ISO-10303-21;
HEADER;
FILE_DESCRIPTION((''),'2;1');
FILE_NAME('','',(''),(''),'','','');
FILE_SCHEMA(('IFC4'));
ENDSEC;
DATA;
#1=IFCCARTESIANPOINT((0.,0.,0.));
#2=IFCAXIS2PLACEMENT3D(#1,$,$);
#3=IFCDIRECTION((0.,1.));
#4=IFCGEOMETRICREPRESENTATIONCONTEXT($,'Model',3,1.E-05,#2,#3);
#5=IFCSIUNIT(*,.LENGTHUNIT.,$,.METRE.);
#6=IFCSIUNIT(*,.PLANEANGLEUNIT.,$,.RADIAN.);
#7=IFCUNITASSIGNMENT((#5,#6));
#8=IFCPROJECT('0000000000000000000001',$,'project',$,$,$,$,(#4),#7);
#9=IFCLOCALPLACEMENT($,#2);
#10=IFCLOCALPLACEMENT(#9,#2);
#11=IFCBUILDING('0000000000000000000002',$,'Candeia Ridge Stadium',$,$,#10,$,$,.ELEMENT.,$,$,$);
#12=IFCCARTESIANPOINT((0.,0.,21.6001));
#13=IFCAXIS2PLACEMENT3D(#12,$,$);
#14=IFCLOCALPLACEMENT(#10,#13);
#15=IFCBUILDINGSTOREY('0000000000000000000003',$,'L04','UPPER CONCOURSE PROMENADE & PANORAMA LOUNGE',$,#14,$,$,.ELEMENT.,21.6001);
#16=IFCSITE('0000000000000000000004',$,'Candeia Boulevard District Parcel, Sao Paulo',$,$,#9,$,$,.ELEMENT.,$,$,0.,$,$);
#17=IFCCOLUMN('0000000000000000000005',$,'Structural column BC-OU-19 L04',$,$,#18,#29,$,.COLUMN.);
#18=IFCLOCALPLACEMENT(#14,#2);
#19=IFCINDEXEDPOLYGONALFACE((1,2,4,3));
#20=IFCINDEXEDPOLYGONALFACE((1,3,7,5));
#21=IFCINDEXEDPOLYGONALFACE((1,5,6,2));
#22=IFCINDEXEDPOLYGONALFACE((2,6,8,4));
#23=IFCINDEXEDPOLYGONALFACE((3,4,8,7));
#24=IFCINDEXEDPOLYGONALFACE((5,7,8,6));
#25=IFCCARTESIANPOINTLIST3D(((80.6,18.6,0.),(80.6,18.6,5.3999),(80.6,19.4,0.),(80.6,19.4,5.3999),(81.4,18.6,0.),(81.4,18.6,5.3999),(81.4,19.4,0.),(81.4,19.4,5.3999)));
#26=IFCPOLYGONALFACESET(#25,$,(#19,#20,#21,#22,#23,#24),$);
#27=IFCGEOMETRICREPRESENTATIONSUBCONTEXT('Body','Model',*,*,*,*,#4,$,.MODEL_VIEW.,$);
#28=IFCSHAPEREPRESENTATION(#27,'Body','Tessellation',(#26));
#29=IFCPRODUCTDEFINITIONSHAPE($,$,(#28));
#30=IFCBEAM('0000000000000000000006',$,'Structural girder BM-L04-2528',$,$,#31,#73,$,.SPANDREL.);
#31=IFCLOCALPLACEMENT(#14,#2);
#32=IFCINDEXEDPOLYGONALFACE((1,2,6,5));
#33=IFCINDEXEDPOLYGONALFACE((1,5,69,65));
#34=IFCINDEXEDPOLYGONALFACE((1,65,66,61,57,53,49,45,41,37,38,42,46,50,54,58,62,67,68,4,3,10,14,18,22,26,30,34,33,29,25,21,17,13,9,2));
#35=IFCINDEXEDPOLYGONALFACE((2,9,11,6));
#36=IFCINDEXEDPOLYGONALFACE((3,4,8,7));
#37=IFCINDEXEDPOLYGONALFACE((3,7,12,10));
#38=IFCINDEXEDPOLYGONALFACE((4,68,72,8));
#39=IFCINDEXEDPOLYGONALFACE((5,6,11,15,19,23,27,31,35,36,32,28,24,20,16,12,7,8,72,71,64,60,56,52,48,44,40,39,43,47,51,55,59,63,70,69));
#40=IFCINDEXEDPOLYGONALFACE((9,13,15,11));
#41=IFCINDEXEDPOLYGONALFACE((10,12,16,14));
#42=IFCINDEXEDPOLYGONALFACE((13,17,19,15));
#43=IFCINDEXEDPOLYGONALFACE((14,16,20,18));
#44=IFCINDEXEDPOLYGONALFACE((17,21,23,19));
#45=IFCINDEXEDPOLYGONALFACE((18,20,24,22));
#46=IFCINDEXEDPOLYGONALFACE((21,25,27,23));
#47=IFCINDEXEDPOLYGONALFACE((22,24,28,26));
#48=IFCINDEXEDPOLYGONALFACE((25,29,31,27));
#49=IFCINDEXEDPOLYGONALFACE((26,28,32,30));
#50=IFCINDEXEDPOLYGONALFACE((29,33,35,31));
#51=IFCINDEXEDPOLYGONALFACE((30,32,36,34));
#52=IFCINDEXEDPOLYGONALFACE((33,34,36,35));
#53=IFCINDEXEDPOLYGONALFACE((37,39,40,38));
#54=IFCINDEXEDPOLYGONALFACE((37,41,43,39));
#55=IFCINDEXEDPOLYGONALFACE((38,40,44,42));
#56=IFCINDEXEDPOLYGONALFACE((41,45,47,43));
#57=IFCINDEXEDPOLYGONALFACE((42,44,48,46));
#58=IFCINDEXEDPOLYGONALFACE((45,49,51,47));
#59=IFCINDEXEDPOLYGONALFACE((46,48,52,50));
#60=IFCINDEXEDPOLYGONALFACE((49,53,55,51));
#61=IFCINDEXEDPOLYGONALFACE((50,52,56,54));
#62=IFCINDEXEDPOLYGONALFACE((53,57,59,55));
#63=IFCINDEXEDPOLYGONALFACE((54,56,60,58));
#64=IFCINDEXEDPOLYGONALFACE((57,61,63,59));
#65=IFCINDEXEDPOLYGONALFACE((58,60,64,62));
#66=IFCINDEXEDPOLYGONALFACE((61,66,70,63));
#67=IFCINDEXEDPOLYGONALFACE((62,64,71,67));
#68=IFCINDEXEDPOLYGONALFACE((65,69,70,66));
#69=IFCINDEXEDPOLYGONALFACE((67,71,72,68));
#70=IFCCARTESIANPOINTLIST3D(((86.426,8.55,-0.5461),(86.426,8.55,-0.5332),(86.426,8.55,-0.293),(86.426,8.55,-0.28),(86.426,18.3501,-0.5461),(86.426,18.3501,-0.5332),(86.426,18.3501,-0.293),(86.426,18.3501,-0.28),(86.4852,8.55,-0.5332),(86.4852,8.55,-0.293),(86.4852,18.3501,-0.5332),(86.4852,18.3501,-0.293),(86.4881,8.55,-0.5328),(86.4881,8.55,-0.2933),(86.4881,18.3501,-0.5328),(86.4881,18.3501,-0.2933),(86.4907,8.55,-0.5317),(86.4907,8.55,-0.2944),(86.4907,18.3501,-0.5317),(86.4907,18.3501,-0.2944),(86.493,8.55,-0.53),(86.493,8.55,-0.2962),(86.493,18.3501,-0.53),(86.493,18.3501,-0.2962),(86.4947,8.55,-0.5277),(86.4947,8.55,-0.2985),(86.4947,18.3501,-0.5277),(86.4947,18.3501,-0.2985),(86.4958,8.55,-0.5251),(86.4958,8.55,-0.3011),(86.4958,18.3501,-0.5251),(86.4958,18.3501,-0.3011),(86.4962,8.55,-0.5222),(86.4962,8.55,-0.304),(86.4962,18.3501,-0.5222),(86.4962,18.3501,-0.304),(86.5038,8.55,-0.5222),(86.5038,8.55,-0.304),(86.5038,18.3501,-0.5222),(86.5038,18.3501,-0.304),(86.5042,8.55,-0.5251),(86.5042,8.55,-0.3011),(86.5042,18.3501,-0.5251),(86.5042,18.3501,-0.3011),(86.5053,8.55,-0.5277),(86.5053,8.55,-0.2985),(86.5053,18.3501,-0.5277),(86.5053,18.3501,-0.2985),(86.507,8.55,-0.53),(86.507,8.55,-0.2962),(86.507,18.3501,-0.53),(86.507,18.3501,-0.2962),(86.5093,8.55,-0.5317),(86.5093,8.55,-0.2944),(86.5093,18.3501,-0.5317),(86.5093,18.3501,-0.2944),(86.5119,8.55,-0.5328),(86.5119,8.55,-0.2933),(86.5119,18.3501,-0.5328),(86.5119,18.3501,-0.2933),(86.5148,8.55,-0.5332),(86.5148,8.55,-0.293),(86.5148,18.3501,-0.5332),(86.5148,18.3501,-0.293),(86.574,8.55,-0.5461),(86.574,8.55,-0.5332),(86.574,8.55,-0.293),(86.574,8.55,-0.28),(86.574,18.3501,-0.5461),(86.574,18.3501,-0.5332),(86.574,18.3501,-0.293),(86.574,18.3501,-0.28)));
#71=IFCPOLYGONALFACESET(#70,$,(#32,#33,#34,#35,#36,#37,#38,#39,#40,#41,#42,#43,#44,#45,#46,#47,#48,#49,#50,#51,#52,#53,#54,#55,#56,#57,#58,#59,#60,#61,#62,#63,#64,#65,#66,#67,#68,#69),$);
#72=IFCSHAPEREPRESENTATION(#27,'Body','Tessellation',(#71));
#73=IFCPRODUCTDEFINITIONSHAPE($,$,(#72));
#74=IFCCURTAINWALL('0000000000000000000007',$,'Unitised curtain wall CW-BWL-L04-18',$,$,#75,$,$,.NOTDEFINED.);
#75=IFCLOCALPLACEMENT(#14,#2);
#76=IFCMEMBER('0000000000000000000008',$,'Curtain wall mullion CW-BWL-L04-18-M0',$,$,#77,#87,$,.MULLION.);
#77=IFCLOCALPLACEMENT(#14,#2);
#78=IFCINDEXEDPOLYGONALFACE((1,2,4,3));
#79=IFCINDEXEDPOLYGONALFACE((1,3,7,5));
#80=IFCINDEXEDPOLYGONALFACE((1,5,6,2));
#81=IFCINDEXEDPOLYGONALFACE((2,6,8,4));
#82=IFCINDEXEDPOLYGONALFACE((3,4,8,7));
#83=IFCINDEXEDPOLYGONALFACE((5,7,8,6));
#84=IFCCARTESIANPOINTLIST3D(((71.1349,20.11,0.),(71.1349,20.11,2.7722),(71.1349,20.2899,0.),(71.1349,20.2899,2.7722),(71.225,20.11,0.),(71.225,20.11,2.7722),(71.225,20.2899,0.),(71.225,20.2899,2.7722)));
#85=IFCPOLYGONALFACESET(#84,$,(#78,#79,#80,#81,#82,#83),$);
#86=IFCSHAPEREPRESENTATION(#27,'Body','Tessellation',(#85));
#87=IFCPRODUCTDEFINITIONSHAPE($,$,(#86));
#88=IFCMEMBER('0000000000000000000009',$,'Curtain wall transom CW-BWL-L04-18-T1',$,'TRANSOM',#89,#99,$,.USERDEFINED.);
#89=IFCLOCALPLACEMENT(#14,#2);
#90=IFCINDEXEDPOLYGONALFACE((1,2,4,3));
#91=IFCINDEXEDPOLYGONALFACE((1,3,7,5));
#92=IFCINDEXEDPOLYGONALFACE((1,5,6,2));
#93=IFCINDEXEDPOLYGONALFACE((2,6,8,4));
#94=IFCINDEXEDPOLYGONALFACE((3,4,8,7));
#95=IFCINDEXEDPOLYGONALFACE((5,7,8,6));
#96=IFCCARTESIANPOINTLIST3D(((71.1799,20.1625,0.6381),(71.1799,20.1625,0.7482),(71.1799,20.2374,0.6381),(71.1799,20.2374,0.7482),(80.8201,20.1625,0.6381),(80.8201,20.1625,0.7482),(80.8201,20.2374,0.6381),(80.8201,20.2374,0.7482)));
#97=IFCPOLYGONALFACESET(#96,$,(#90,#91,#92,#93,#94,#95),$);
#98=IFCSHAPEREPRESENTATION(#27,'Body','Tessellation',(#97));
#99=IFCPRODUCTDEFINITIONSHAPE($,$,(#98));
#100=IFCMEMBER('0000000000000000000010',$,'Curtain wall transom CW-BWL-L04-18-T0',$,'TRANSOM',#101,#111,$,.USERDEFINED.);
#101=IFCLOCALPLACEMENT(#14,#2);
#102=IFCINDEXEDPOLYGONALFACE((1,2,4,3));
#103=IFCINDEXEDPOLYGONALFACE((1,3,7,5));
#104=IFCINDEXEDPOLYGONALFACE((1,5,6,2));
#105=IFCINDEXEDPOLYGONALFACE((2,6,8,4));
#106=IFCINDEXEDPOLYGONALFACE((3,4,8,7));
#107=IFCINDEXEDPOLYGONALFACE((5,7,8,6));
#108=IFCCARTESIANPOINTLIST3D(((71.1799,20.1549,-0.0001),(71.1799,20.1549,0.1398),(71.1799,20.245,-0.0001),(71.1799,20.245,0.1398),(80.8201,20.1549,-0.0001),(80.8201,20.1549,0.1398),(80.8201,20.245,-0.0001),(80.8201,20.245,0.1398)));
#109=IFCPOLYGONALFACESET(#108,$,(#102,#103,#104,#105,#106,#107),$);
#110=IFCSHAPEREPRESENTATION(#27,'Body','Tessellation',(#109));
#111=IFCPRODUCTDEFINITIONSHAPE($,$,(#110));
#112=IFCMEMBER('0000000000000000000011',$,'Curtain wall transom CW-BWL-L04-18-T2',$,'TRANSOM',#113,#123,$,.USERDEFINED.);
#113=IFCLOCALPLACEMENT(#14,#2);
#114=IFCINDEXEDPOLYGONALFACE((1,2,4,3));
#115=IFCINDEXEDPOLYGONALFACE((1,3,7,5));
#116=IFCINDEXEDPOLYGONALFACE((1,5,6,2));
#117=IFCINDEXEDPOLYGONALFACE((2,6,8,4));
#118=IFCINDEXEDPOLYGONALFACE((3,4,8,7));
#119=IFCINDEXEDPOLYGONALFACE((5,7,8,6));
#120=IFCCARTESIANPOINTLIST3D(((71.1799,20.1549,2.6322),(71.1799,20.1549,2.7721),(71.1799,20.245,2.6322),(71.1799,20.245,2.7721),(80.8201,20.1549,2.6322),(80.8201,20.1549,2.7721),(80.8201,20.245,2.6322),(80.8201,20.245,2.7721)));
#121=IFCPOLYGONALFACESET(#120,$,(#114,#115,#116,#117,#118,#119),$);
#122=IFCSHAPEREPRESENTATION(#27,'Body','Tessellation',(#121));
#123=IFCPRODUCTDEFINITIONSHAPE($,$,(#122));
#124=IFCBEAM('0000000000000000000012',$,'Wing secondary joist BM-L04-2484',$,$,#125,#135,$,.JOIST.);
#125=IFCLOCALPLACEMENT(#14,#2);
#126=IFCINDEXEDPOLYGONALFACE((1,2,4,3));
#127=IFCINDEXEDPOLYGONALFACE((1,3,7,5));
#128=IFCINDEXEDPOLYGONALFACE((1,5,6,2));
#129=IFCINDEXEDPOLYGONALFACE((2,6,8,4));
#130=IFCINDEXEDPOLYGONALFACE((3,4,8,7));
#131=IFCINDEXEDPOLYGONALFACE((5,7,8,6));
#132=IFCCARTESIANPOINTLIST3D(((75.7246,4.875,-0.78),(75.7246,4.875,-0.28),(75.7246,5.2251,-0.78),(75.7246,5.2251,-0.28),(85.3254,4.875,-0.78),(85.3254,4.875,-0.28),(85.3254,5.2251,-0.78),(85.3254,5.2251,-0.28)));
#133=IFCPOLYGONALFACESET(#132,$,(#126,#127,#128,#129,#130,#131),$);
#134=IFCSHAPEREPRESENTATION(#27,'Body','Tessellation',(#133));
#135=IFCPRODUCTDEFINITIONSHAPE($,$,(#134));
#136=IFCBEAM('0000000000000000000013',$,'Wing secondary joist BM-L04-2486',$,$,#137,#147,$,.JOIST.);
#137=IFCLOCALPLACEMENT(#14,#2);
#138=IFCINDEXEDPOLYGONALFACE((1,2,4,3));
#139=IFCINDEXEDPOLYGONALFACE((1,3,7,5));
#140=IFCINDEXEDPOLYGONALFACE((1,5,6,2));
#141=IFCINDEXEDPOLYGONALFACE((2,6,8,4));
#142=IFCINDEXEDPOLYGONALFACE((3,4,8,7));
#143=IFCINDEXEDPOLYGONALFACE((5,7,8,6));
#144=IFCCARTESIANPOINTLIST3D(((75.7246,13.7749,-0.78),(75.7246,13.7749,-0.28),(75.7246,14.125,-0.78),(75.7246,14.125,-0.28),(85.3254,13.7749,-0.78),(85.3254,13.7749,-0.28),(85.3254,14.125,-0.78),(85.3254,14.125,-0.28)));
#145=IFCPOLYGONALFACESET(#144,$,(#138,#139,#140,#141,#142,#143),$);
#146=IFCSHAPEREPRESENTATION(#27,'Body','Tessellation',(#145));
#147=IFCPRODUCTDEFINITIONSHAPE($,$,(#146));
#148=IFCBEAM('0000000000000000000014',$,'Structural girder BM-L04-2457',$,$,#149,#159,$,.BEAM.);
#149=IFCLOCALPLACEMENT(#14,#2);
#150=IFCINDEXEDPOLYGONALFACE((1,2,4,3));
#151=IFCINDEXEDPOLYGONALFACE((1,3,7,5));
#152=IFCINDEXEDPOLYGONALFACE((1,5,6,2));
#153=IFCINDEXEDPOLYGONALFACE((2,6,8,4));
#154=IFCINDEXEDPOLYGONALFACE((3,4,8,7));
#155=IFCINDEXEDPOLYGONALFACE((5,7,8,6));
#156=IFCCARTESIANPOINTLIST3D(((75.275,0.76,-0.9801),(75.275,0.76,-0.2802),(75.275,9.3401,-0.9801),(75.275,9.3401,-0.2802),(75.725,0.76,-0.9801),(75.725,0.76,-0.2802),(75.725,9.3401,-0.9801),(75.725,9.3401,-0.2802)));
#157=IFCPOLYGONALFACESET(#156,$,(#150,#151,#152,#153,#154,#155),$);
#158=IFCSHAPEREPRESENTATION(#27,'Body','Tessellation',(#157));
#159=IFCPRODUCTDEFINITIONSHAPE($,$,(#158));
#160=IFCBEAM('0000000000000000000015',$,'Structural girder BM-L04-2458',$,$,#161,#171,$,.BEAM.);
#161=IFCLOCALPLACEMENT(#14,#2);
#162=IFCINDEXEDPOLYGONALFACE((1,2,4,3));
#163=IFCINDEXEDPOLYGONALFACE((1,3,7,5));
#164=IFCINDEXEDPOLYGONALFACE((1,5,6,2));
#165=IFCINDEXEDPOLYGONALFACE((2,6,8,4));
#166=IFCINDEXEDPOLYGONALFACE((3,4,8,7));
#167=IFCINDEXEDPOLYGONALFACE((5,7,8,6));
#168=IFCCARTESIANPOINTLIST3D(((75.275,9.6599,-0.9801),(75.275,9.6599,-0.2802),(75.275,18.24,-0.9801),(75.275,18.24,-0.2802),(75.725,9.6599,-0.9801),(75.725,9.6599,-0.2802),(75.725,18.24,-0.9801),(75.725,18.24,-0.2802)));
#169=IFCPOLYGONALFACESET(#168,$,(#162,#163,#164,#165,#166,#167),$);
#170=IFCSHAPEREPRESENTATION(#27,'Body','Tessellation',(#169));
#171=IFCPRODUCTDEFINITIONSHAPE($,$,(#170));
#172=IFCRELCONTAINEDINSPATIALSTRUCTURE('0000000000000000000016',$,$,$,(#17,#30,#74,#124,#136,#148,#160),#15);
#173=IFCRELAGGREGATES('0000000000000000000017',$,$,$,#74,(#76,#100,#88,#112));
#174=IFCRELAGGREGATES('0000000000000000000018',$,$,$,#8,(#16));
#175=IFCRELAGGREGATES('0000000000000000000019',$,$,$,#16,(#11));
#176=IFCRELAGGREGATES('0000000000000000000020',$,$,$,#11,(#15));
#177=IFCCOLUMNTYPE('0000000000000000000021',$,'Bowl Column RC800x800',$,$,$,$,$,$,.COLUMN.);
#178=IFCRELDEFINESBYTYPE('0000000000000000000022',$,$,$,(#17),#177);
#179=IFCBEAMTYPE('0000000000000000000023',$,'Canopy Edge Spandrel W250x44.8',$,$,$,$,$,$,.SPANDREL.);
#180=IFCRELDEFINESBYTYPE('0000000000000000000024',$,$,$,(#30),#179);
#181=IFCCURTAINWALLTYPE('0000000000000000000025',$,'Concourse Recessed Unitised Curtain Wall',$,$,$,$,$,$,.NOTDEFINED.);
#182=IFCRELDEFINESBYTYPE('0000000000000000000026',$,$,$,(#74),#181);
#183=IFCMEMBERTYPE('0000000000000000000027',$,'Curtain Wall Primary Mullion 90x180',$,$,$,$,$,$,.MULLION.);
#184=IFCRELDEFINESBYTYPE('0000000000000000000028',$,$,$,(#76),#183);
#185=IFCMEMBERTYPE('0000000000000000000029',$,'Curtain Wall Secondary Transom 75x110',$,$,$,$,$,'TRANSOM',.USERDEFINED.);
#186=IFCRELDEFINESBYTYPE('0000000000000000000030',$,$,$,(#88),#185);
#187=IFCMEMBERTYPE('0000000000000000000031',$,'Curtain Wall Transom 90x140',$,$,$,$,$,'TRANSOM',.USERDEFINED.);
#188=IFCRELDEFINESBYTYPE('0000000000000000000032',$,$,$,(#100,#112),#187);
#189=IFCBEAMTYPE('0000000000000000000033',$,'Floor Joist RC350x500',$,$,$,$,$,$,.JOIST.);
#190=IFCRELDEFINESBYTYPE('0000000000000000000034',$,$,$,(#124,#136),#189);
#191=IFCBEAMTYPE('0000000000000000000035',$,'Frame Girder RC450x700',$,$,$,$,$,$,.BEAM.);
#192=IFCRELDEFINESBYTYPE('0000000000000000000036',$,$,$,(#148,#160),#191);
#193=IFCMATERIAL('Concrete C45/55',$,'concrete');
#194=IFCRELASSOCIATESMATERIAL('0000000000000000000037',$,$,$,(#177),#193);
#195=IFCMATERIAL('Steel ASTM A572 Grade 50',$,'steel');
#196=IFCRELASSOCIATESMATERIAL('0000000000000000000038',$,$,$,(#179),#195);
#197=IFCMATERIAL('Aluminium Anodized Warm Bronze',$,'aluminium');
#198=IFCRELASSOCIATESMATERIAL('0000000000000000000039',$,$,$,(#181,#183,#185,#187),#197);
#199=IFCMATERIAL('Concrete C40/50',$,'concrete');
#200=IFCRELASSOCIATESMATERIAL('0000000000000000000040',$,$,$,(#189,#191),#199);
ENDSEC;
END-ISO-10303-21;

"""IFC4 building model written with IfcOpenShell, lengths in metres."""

from ifc_helpers import new_model, si_unit, direction, frame, origin, origin_2d, place, context, subcontext, project, spatial, rectangle, i_section, extrude, material, material_profile, profile_set, type_object, element, aggregate, save


model = new_model("IFC4")

# Units and contexts
model_context = context("Model", 3, precision=1e-05, world=origin(), true_north=direction((0.0, 1.0)))
body_context = subcontext(model_context, "Body", "Model", "MODEL_VIEW")
ifc_project = project(units=[si_unit("LENGTHUNIT", "METRE"), si_unit("PLANEANGLEUNIT", "RADIAN")], contexts=[model_context])

# Site, building, storey
site_placement = place(None, origin())
site = spatial("IfcSite", under=ifc_project, at=site_placement, Name="Candeia Boulevard District Parcel, Sao Paulo", CompositionType="ELEMENT", RefElevation=0.0)
building_placement = place(site_placement, origin())
building = spatial("IfcBuilding", under=site, at=building_placement, Name="Candeia Ridge Stadium", CompositionType="ELEMENT")
storey_placement = place(building_placement, frame((0.0, 0.0, 21.6001)))
storey = spatial("IfcBuildingStorey", under=building, at=storey_placement, Name="L04", Description="UPPER CONCOURSE PROMENADE & PANORAMA LOUNGE", CompositionType="ELEMENT", Elevation=21.6001)

# Column
ifc_material_1 = material(Name="Concrete C45/55", Category="concrete")
ifc_material_profile_1 = material_profile(ifc_material_1, rectangle(XDim=0.8, YDim=0.8, at=origin_2d()), Name="RC800x800", Category="concrete")
ifc_profile_set_1 = profile_set([ifc_material_profile_1], Name="Concrete C45/55")
column_type = type_object("IfcColumnType", Name="Bowl Column RC800x800", PredefinedType="COLUMN", material=ifc_profile_set_1)
column_placement = place(storey_placement, frame((81.0, 19.0, 0.0), z_axis=(0.0, 0.0, 1.0), x_axis=(1.0, 0.0, 0.0)))
element("IfcColumn", 1, at=column_placement, inside=storey, type_object=column_type, Name="Structural column BC-OU-19 L04", PredefinedType="COLUMN", context=body_context, shape_type="SweptSolid", body=[
    extrude(rectangle(XDim=0.8, YDim=0.8, at=origin_2d()), origin(), (0.0, 0.0, 1.0), 5.3999),
])

# Beam
ifc_material_2 = material(Name="Steel ASTM A572 Grade 50", Category="steel")
ifc_material_profile_2 = material_profile(ifc_material_2, i_section(OverallWidth=0.1479, OverallDepth=0.2661, WebThickness=0.0076, FlangeThickness=0.0129, FilletRadius=0.011, at=origin_2d()), Name="W250x44.8", Category="steel")
ifc_profile_set_2 = profile_set([ifc_material_profile_2], Name="Steel ASTM A572 Grade 50")
beam_type_1 = type_object("IfcBeamType", Name="Canopy Edge Spandrel W250x44.8", PredefinedType="SPANDREL", material=ifc_profile_set_2)
beam_1_placement = place(storey_placement, frame((86.5, 8.55, -0.4131), z_axis=(0.0, 1.0, 0.0), x_axis=(-1.0, 0.0, 0.0)))
element("IfcBeam", 2, at=beam_1_placement, inside=storey, type_object=beam_type_1, Name="Structural girder BM-L04-2528", PredefinedType="SPANDREL", context=body_context, shape_type="SweptSolid", body=[
    extrude(i_section(OverallWidth=0.1479, OverallDepth=0.2661, WebThickness=0.0076, FlangeThickness=0.0129, FilletRadius=0.011, at=origin_2d()), origin(), (0.0, 0.0, 1.0), 9.8),
])

# Curtain wall, members
ifc_material_3 = material(Name="Aluminium Anodized Warm Bronze", Category="aluminium")
curtain_wall_type = type_object("IfcCurtainWallType", Name="Concourse Recessed Unitised Curtain Wall", PredefinedType="NOTDEFINED", material=ifc_material_3)
curtain_wall_placement = place(storey_placement, origin())
curtain_wall = element("IfcCurtainWall", 3, at=curtain_wall_placement, inside=storey, type_object=curtain_wall_type, Name="Unitised curtain wall CW-BWL-L04-18", PredefinedType="NOTDEFINED")
ifc_material_profile_3 = material_profile(ifc_material_3, rectangle(XDim=0.0901, YDim=0.1799, at=origin_2d()), Name="CWM-90x180", Category="aluminium")
ifc_profile_set_3 = profile_set([ifc_material_profile_3], Name="Aluminium Anodized Warm Bronze")
member_type_1 = type_object("IfcMemberType", Name="Curtain Wall Primary Mullion 90x180", PredefinedType="MULLION", material=ifc_profile_set_3)
member_1_placement = place(storey_placement, frame((71.1799, 20.2, 0.0), z_axis=(0.0, 0.0, 1.0), x_axis=(1.0, 0.0, 0.0)))
member_1 = element("IfcMember", 4, at=member_1_placement, type_object=member_type_1, Name="Curtain wall mullion CW-BWL-L04-18-M0", PredefinedType="MULLION", context=body_context, shape_type="SweptSolid", body=[
    extrude(rectangle(XDim=0.0901, YDim=0.1799, at=origin_2d()), origin(), (0.0, 0.0, 1.0), 2.7722),
])
ifc_material_profile_4 = material_profile(ifc_material_3, rectangle(XDim=0.075, YDim=0.1101, at=origin_2d()), Name="CWT-75x110", Category="aluminium")
ifc_profile_set_4 = profile_set([ifc_material_profile_4], Name="Aluminium Anodized Warm Bronze")
member_type_2 = type_object("IfcMemberType", Name="Curtain Wall Secondary Transom 75x110", ElementType="TRANSOM", PredefinedType="USERDEFINED", material=ifc_profile_set_4)
member_2_placement = place(storey_placement, frame((71.1799, 20.2, 0.6931), z_axis=(1.0, 0.0, 0.0), x_axis=(0.0, 1.0, 0.0)))
member_2 = element("IfcMember", 5, at=member_2_placement, type_object=member_type_2, Name="Curtain wall transom CW-BWL-L04-18-T1", ObjectType="TRANSOM", PredefinedType="USERDEFINED", context=body_context, shape_type="SweptSolid", body=[
    extrude(rectangle(XDim=0.075, YDim=0.1101, at=origin_2d()), origin(), (0.0, 0.0, 1.0), 9.6401),
])
ifc_material_profile_5 = material_profile(ifc_material_3, rectangle(XDim=0.0901, YDim=0.1399, at=origin_2d()), Name="CWT-90x140", Category="aluminium")
ifc_profile_set_5 = profile_set([ifc_material_profile_5], Name="Aluminium Anodized Warm Bronze")
member_type_3 = type_object("IfcMemberType", Name="Curtain Wall Transom 90x140", ElementType="TRANSOM", PredefinedType="USERDEFINED", material=ifc_profile_set_5)
member_3_placement = place(storey_placement, frame((71.1799, 20.2, 0.0698), z_axis=(1.0, 0.0, 0.0), x_axis=(0.0, 1.0, 0.0)))
member_3 = element("IfcMember", 6, at=member_3_placement, type_object=member_type_3, Name="Curtain wall transom CW-BWL-L04-18-T0", ObjectType="TRANSOM", PredefinedType="USERDEFINED", context=body_context, shape_type="SweptSolid", body=[
    extrude(rectangle(XDim=0.0901, YDim=0.1399, at=origin_2d()), origin(), (0.0, 0.0, 1.0), 9.6401),
])
member_4_placement = place(storey_placement, frame((71.1799, 20.2, 2.7021), z_axis=(1.0, 0.0, 0.0), x_axis=(0.0, 1.0, 0.0)))
member_4 = element("IfcMember", 7, at=member_4_placement, type_object=member_type_3, Name="Curtain wall transom CW-BWL-L04-18-T2", ObjectType="TRANSOM", PredefinedType="USERDEFINED", context=body_context, shape_type="SweptSolid", body=[
    extrude(rectangle(XDim=0.0901, YDim=0.1399, at=origin_2d()), origin(), (0.0, 0.0, 1.0), 9.6401),
])
aggregate(curtain_wall, [member_1, member_3, member_2, member_4])

# Beams
ifc_material_4 = material(Name="Concrete C40/50", Category="concrete")
ifc_material_profile_6 = material_profile(ifc_material_4, rectangle(XDim=0.3501, YDim=0.5, at=origin_2d()), Name="RC350x500", Category="concrete")
ifc_profile_set_6 = profile_set([ifc_material_profile_6], Name="Concrete C40/50")
beam_type_2 = type_object("IfcBeamType", Name="Floor Joist RC350x500", PredefinedType="JOIST", material=ifc_profile_set_6)
for number, where, z_axis, x_axis, name in (
    (8, (75.7246, 5.05, -0.53), (1.0, 0.0, 0.0), (0.0, 1.0, 0.0), "Wing secondary joist BM-L04-2484"),
    (9, (75.7246, 13.95, -0.53), (1.0, 0.0, 0.0), (0.0, 1.0, 0.0), "Wing secondary joist BM-L04-2486"),
):
    element("IfcBeam", number, at=place(storey_placement, frame(where, z_axis=z_axis, x_axis=x_axis)), inside=storey, type_object=beam_type_2, Name=name, PredefinedType="JOIST", context=body_context, shape_type="SweptSolid", body=[
        extrude(rectangle(XDim=0.3501, YDim=0.5, at=origin_2d()), origin(), (0.0, 0.0, 1.0), 9.6008),
    ])
ifc_material_profile_7 = material_profile(ifc_material_4, rectangle(XDim=0.45, YDim=0.7, at=origin_2d()), Name="RC450x700", Category="concrete")
ifc_profile_set_7 = profile_set([ifc_material_profile_7], Name="Concrete C40/50")
beam_type_3 = type_object("IfcBeamType", Name="Frame Girder RC450x700", PredefinedType="BEAM", material=ifc_profile_set_7)
for number, where, z_axis, x_axis, name in (
    (10, (75.5, 0.76, -0.6301), (0.0, 1.0, 0.0), (-1.0, 0.0, 0.0), "Structural girder BM-L04-2457"),
    (11, (75.5, 9.6599, -0.6301), (0.0, 1.0, 0.0), (-1.0, 0.0, 0.0), "Structural girder BM-L04-2458"),
):
    element("IfcBeam", number, at=place(storey_placement, frame(where, z_axis=z_axis, x_axis=x_axis)), inside=storey, type_object=beam_type_3, Name=name, PredefinedType="BEAM", context=body_context, shape_type="SweptSolid", body=[
        extrude(rectangle(XDim=0.45, YDim=0.7, at=origin_2d()), origin(), (0.0, 0.0, 1.0), 8.5801),
    ])

save(model, "model.ifc")
